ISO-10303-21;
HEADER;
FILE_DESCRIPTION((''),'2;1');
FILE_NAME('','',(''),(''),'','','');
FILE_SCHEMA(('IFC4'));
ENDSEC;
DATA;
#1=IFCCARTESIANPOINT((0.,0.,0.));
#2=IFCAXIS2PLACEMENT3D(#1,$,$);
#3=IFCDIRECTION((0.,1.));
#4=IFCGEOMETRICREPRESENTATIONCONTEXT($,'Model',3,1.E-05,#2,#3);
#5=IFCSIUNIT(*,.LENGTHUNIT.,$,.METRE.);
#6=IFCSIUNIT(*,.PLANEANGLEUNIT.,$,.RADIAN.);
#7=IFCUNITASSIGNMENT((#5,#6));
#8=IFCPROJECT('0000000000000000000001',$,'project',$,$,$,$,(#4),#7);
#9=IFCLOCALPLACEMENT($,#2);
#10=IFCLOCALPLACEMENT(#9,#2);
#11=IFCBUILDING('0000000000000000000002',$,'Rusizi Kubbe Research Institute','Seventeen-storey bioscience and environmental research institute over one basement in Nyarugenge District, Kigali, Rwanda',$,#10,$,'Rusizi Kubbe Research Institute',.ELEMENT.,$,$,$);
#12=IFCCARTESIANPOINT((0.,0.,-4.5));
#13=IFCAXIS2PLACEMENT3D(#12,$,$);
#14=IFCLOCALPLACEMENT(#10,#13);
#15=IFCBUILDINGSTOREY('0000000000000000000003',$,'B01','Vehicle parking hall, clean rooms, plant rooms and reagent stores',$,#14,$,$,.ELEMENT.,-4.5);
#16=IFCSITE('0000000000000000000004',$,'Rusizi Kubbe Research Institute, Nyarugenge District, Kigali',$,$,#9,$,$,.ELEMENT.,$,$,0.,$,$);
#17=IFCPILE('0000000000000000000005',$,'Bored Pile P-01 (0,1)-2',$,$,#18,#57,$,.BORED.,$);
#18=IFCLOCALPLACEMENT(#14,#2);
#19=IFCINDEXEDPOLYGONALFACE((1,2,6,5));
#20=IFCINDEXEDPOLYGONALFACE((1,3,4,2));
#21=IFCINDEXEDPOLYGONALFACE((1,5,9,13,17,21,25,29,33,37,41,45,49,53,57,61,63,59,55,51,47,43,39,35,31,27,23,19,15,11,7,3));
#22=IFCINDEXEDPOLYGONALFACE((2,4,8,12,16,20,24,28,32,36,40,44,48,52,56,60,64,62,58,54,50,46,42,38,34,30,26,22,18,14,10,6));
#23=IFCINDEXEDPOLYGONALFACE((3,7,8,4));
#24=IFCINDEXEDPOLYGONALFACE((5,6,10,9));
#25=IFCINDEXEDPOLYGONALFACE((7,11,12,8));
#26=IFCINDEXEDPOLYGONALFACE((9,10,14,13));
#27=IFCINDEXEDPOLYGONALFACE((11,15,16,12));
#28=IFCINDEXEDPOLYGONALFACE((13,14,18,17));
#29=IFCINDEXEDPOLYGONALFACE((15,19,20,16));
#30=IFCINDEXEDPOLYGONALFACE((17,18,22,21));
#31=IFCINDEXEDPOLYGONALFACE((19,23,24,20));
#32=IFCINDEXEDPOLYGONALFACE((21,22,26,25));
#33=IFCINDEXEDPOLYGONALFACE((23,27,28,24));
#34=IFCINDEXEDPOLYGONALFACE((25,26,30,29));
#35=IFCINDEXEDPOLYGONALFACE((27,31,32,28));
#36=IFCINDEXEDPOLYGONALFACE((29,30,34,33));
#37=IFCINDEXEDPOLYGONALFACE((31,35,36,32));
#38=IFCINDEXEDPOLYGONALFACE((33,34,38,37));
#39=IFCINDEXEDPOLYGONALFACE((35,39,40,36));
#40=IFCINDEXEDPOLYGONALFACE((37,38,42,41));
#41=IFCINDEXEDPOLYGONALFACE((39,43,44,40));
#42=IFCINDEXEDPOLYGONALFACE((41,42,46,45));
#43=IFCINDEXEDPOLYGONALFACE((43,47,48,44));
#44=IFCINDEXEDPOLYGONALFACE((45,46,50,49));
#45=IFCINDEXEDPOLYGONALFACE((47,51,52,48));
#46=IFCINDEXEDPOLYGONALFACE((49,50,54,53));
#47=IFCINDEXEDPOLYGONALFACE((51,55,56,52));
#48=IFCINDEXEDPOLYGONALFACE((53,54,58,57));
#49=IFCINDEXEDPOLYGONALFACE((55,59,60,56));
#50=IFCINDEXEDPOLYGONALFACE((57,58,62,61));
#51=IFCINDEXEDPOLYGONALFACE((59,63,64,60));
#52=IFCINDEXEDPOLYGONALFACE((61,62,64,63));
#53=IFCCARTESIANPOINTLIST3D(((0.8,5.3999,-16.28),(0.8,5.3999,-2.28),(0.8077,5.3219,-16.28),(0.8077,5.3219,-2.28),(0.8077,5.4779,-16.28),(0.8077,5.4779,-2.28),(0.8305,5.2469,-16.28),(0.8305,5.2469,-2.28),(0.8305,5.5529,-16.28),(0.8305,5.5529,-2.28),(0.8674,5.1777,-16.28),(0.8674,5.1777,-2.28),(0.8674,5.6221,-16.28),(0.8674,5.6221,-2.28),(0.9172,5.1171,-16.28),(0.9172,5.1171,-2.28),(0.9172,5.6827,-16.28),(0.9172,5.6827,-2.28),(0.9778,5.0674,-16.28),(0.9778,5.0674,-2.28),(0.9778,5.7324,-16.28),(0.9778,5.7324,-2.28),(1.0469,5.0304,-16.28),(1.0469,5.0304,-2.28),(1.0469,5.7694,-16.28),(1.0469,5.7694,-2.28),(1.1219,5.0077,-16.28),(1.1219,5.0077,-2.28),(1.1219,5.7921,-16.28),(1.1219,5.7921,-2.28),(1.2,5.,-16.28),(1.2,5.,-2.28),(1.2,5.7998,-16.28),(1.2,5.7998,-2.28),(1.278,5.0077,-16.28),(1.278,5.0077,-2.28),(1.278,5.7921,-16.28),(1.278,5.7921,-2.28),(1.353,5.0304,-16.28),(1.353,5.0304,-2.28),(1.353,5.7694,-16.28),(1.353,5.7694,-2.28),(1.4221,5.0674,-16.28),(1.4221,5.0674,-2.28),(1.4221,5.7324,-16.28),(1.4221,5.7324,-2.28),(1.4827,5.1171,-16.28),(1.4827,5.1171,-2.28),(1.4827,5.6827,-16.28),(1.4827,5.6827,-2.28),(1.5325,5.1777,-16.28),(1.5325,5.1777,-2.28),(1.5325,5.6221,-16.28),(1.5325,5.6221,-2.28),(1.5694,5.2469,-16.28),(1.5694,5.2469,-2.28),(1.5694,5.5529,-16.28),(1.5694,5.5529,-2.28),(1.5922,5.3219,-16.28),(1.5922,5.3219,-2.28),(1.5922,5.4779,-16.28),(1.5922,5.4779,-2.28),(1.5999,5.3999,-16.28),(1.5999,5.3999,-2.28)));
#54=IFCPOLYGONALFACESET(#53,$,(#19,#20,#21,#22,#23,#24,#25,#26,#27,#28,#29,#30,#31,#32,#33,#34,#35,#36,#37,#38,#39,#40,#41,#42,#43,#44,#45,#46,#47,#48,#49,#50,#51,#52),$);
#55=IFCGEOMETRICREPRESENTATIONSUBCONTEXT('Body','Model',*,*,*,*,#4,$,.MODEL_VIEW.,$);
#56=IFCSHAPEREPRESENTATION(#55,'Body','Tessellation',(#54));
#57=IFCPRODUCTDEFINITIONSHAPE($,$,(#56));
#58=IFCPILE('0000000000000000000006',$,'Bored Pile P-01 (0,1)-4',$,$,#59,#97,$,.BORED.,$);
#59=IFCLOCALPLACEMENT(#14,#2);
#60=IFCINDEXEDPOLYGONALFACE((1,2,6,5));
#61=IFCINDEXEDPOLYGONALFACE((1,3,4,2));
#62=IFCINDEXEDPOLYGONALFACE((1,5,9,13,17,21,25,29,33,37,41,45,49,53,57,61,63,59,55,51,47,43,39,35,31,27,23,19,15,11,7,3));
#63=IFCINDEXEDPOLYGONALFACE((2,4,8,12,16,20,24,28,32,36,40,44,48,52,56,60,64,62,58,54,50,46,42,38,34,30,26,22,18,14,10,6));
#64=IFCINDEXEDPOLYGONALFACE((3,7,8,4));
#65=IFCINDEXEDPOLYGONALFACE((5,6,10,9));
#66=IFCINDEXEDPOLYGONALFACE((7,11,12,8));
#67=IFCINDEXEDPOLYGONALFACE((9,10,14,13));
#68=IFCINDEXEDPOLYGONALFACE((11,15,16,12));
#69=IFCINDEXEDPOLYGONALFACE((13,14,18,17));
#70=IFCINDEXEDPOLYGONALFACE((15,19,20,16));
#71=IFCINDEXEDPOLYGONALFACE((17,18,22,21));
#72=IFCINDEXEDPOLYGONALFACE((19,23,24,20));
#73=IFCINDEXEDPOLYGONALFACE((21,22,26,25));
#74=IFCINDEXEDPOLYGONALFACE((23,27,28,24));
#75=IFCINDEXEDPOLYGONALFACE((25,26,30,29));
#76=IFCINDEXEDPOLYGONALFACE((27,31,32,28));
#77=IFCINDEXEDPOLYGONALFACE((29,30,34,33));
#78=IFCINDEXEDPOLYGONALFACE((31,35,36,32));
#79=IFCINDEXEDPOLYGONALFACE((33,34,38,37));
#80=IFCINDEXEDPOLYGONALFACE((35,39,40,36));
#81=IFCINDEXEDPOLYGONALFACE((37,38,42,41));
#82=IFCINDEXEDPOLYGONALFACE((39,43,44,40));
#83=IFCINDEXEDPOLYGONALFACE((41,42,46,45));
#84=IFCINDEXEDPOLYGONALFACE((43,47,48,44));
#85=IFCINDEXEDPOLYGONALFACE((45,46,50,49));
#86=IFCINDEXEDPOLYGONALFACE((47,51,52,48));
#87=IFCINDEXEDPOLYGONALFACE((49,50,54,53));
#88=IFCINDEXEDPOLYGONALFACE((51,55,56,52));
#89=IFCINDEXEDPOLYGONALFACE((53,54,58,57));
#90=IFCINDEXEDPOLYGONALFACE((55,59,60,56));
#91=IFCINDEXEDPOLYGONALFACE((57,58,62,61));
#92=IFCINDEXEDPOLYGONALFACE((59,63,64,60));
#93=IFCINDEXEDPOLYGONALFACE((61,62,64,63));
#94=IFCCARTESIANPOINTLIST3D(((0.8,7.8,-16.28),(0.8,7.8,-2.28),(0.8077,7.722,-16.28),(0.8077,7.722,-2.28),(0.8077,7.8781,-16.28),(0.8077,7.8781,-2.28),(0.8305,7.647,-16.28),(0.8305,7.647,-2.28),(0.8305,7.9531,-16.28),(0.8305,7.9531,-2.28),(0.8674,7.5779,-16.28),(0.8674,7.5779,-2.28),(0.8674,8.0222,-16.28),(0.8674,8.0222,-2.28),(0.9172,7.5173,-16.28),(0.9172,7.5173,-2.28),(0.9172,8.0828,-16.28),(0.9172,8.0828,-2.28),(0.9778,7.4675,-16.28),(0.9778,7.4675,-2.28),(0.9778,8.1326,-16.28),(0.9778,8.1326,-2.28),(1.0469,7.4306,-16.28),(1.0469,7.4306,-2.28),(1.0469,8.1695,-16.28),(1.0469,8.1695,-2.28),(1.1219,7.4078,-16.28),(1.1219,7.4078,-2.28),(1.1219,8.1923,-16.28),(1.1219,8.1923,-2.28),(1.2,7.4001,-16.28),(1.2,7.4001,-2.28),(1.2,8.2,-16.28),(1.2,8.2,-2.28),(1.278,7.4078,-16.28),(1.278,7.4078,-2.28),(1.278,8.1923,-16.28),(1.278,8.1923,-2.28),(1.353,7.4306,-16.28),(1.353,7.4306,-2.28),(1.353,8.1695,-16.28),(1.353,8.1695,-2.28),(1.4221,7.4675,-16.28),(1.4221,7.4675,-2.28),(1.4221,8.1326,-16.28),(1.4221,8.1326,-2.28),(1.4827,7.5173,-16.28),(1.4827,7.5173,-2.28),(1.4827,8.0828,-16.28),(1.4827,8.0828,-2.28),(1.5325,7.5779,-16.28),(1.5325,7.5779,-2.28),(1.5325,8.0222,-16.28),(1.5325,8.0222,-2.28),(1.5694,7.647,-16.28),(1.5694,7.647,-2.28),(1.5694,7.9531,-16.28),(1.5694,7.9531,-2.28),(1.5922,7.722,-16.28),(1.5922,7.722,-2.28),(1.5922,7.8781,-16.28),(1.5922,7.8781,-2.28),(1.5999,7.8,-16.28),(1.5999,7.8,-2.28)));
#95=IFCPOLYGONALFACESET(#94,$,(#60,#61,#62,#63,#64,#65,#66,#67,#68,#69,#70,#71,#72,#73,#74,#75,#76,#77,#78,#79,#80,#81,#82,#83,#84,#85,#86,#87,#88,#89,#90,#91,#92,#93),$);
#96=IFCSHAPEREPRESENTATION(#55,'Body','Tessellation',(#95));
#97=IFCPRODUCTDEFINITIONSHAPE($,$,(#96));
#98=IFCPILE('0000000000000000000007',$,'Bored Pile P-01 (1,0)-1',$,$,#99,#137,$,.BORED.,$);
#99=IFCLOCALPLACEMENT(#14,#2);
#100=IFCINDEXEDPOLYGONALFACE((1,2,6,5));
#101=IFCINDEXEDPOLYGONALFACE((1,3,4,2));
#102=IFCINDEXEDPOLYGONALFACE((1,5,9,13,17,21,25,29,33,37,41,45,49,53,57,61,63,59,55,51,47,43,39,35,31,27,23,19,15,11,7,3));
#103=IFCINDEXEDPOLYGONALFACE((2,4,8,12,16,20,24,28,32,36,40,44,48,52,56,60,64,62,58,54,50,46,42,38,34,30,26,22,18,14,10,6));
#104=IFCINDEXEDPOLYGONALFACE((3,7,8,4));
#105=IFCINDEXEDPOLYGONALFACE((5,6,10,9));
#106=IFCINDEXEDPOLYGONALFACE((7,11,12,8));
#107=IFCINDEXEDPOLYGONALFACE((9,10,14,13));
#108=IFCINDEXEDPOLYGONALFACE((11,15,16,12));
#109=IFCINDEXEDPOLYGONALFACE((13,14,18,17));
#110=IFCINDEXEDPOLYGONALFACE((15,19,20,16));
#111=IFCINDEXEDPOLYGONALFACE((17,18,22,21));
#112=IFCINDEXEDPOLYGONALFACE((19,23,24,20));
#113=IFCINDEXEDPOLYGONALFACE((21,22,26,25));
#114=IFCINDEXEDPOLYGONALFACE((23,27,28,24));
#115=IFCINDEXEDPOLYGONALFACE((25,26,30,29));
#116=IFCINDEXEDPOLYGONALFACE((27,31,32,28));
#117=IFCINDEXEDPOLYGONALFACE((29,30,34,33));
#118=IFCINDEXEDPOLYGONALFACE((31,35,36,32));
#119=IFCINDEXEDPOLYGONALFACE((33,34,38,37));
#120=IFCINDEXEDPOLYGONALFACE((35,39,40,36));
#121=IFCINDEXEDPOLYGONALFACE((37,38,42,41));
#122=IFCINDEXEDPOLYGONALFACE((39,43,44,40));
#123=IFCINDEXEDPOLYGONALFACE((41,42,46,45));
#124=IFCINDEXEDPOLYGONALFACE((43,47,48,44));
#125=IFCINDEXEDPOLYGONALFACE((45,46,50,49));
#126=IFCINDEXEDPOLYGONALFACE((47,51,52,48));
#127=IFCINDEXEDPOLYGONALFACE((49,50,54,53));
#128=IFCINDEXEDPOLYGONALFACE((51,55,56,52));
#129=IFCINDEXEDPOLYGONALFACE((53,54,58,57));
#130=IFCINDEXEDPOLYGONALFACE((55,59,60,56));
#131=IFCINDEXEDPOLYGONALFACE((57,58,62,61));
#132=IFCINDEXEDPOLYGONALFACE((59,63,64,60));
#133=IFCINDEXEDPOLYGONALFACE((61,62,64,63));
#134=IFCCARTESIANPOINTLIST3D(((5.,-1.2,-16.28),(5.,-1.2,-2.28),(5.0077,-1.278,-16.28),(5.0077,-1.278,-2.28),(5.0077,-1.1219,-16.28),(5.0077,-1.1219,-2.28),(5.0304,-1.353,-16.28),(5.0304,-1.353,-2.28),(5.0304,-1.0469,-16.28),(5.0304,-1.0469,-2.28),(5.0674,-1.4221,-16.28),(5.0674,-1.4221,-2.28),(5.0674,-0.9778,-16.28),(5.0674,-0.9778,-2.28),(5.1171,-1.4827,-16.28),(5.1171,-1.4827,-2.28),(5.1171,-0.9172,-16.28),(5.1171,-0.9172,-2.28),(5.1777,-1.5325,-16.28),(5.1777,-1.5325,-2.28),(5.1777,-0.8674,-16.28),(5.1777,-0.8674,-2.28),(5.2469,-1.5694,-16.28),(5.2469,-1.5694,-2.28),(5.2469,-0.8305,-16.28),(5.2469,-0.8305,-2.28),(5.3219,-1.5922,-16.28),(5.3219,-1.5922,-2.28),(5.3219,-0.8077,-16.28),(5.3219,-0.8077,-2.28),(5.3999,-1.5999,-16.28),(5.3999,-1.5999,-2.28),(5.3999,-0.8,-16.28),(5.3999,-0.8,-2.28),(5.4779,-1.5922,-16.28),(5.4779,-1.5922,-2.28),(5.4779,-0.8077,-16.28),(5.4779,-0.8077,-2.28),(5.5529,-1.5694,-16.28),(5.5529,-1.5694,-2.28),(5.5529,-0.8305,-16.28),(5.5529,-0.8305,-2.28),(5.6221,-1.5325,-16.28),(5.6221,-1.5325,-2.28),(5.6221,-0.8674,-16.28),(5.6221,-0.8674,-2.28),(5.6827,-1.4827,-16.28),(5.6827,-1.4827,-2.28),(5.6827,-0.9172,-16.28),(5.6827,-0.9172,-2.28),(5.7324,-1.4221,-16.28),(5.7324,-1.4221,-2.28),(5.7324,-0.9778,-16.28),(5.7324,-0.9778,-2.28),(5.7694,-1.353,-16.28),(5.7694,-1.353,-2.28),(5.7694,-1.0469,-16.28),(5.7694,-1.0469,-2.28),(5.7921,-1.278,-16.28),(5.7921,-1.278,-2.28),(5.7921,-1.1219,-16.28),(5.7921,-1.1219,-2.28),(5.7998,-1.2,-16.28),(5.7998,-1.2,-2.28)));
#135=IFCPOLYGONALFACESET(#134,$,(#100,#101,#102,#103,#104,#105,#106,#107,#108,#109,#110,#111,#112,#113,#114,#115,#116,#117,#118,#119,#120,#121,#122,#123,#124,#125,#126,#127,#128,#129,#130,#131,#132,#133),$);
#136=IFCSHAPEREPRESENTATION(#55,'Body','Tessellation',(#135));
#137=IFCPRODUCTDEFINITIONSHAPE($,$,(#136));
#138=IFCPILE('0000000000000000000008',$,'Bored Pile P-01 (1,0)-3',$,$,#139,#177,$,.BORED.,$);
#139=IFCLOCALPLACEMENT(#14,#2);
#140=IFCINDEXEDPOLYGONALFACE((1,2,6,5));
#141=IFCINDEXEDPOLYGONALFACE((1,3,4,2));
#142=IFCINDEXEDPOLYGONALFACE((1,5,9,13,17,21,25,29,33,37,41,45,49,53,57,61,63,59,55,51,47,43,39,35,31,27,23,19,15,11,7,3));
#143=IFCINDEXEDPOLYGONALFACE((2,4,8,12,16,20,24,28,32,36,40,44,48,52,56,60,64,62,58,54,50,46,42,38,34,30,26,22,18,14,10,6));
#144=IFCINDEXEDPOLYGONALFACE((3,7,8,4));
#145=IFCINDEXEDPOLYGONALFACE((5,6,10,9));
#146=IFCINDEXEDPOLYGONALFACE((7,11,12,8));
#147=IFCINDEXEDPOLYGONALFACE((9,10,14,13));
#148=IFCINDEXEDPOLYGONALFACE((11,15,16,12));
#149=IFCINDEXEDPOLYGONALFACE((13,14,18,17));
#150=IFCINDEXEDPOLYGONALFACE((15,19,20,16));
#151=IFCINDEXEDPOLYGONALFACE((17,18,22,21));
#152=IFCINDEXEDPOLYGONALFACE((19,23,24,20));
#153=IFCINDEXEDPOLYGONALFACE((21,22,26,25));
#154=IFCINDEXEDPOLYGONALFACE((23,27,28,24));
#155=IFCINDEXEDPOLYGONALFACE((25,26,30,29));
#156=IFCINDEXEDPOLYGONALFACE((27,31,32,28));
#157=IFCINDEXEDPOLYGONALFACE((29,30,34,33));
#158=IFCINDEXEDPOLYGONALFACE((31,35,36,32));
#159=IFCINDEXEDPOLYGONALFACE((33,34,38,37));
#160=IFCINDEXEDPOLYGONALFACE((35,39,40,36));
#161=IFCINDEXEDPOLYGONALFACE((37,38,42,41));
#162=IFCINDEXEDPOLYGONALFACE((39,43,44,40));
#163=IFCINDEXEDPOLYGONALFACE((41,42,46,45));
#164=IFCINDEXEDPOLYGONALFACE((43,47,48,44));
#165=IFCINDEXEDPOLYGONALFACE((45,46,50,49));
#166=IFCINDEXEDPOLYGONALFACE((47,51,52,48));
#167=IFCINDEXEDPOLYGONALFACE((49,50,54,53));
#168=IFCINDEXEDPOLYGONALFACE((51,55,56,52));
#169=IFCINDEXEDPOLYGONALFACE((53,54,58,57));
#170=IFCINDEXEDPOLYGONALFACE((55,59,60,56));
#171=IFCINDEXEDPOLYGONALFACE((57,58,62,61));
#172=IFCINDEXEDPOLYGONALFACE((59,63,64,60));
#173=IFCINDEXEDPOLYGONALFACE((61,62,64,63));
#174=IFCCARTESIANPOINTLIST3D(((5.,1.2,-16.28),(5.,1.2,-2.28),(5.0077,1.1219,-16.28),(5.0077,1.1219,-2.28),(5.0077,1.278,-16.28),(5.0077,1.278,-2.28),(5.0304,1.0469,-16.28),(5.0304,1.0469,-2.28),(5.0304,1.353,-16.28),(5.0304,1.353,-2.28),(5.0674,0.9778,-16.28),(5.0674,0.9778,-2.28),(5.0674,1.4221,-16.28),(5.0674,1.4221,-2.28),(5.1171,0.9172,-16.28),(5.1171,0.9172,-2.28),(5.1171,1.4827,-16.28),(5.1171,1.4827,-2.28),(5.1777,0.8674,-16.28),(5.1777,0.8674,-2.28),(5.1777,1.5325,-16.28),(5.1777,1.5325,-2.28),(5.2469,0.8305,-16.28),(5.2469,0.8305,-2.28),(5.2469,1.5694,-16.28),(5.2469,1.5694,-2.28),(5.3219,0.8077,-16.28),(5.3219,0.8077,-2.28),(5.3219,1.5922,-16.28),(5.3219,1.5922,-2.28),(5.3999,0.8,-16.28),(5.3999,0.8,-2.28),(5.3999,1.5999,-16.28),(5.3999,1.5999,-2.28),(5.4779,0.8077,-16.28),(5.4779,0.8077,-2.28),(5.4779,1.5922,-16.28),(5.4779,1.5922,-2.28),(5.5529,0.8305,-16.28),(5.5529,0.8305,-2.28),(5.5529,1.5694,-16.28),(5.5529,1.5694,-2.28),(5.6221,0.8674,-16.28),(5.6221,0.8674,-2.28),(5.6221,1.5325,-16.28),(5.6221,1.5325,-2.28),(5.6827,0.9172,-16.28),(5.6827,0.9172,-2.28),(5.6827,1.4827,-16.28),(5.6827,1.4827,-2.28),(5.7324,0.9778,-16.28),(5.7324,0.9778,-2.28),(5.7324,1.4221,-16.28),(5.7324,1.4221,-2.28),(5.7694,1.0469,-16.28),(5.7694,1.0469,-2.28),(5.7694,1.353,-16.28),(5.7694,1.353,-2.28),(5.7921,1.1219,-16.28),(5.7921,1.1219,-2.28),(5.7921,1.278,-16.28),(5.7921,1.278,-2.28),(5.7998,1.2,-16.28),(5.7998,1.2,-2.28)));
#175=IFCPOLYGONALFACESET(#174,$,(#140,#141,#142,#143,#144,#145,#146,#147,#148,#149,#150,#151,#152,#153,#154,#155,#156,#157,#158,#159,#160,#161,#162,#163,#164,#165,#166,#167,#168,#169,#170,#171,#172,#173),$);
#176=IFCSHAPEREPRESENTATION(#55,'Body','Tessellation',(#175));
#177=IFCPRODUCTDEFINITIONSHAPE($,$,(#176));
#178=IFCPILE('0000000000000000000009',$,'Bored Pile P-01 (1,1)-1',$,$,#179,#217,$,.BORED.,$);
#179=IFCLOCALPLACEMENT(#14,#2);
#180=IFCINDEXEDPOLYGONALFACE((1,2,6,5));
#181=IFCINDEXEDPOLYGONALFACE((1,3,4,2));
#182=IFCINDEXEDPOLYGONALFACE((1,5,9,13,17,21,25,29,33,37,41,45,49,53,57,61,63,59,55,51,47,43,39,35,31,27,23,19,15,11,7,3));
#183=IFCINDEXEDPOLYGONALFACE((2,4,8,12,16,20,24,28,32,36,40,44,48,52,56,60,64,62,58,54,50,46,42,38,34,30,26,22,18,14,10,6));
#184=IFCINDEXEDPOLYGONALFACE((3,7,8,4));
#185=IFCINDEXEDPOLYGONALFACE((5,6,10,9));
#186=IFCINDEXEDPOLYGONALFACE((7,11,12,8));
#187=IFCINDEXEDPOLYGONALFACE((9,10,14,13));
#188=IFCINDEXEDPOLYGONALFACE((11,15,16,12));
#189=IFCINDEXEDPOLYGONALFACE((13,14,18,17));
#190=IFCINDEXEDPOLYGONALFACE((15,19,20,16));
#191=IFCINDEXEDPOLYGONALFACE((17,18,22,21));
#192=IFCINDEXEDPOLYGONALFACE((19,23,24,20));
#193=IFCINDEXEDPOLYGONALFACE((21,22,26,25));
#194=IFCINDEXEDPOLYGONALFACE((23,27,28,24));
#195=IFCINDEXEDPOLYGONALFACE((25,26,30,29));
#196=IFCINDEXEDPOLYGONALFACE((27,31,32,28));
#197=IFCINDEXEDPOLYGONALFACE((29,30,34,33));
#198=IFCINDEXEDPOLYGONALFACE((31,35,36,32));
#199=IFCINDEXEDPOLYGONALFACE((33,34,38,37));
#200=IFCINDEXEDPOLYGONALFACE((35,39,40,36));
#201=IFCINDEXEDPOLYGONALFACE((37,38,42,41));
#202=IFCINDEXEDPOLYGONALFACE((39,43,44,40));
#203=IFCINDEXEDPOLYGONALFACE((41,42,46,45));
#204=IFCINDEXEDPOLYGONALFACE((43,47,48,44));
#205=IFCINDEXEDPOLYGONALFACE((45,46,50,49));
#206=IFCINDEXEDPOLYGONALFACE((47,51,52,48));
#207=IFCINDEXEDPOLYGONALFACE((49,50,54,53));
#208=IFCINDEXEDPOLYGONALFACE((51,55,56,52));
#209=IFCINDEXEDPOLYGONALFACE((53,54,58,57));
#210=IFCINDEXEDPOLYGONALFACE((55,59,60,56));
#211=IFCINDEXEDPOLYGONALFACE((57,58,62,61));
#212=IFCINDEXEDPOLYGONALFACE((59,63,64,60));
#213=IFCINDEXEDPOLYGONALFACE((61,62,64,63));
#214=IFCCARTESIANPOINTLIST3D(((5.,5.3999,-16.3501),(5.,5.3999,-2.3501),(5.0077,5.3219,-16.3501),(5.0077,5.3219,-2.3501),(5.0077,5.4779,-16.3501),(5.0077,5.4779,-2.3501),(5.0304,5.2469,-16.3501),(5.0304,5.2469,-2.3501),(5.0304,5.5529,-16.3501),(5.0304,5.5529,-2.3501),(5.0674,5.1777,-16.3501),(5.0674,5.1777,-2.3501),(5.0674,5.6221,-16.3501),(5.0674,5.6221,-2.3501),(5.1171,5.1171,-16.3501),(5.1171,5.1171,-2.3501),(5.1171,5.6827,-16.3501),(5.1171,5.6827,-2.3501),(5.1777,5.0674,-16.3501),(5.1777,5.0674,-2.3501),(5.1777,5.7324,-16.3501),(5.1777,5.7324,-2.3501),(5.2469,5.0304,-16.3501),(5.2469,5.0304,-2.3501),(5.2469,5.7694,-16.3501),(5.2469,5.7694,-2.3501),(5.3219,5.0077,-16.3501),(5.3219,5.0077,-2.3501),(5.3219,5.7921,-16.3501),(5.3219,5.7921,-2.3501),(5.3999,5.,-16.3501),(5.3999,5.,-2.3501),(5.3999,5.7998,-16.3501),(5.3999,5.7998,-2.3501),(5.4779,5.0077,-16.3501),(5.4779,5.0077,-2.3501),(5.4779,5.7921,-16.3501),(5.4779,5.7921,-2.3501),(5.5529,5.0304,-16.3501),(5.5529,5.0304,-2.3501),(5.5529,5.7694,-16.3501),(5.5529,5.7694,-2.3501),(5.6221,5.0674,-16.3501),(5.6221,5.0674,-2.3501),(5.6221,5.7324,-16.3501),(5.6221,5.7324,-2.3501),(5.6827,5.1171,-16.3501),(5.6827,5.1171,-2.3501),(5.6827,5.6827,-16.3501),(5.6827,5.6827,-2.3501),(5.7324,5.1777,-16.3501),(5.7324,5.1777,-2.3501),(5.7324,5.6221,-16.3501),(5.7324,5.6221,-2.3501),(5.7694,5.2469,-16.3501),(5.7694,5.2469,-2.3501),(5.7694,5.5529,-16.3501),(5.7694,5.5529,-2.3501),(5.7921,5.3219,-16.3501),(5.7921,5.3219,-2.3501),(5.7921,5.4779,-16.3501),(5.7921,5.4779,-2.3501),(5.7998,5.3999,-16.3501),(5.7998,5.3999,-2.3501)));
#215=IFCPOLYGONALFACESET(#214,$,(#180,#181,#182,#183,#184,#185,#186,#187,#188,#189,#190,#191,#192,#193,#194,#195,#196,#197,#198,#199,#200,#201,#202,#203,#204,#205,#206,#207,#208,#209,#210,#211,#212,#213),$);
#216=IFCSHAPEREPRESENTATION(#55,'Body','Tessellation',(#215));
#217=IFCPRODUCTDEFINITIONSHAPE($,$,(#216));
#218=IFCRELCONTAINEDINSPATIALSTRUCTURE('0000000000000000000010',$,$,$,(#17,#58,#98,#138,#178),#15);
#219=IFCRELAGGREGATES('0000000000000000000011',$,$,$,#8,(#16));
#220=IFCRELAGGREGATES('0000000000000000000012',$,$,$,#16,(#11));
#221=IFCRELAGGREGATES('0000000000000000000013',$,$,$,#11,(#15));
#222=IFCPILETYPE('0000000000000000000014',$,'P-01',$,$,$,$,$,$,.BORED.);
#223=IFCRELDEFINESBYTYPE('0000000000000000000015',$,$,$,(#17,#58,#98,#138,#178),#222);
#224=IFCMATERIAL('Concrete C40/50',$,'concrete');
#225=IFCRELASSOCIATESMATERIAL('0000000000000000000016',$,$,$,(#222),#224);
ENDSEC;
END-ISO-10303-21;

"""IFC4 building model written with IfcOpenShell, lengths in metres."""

from ifc_helpers import new_model, si_unit, direction, frame, origin, origin_2d, place, context, subcontext, project, spatial, circle, extrude, material, material_profile, profile_set, type_object, element, save


model = new_model("IFC4")

# Units and contexts
model_context = context("Model", 3, precision=1e-05, world=origin(), true_north=direction((0.0, 1.0)))
body_context = subcontext(model_context, "Body", "Model", "MODEL_VIEW")
ifc_project = project(units=[si_unit("LENGTHUNIT", "METRE"), si_unit("PLANEANGLEUNIT", "RADIAN")], contexts=[model_context])

# Site, building, storey
site_placement = place(None, origin())
site = spatial("IfcSite", under=ifc_project, at=site_placement, Name="Rusizi Kubbe Research Institute, Nyarugenge District, Kigali", CompositionType="ELEMENT", RefElevation=0.0)
building_placement = place(site_placement, origin())
building = spatial("IfcBuilding", under=site, at=building_placement, Name="Rusizi Kubbe Research Institute", Description="Seventeen-storey bioscience and environmental research institute over one basement in Nyarugenge District, Kigali, Rwanda", LongName="Rusizi Kubbe Research Institute", CompositionType="ELEMENT")
storey_placement = place(building_placement, frame((0.0, 0.0, -4.5)))
storey = spatial("IfcBuildingStorey", under=building, at=storey_placement, Name="B01", Description="Vehicle parking hall, clean rooms, plant rooms and reagent stores", CompositionType="ELEMENT", Elevation=-4.5)

# Piles
ifc_material_1 = material(Name="Concrete C40/50", Category="concrete")
ifc_material_profile_1 = material_profile(ifc_material_1, circle(Radius=0.3999, at=origin_2d()), Name="PILE-D800")
ifc_profile_set_1 = profile_set([ifc_material_profile_1], Name="Concrete C40/50")
pile_type_1 = type_object("IfcPileType", Name="P-01", PredefinedType="BORED", material=ifc_profile_set_1)
for number, where, z_axis, x_axis, name in (
    (1, (1.2, 5.3999, -2.28), (0.0, 0.0, -1.0), (1.0, 0.0, 0.0), "Bored Pile P-01 (0,1)-2"),
    (2, (1.2, 7.8, -2.28), (0.0, 0.0, -1.0), (1.0, 0.0, 0.0), "Bored Pile P-01 (0,1)-4"),
    (3, (5.3999, -1.2, -2.28), (0.0, 0.0, -1.0), (1.0, 0.0, 0.0), "Bored Pile P-01 (1,0)-1"),
    (4, (5.3999, 1.2, -2.28), (0.0, 0.0, -1.0), (1.0, 0.0, 0.0), "Bored Pile P-01 (1,0)-3"),
    (5, (5.3999, 5.3999, -2.3501), (0.0, 0.0, -1.0), (1.0, 0.0, 0.0), "Bored Pile P-01 (1,1)-1"),
):
    element("IfcPile", number, at=place(storey_placement, frame(where, z_axis=z_axis, x_axis=x_axis)), inside=storey, type_object=pile_type_1, Name=name, PredefinedType="BORED", context=body_context, shape_type="SweptSolid", body=[
        extrude(circle(Radius=0.3999, at=origin_2d()), origin(), (0.0, 0.0, 1.0), 14.0),
    ])

save(model, "model.ifc")
